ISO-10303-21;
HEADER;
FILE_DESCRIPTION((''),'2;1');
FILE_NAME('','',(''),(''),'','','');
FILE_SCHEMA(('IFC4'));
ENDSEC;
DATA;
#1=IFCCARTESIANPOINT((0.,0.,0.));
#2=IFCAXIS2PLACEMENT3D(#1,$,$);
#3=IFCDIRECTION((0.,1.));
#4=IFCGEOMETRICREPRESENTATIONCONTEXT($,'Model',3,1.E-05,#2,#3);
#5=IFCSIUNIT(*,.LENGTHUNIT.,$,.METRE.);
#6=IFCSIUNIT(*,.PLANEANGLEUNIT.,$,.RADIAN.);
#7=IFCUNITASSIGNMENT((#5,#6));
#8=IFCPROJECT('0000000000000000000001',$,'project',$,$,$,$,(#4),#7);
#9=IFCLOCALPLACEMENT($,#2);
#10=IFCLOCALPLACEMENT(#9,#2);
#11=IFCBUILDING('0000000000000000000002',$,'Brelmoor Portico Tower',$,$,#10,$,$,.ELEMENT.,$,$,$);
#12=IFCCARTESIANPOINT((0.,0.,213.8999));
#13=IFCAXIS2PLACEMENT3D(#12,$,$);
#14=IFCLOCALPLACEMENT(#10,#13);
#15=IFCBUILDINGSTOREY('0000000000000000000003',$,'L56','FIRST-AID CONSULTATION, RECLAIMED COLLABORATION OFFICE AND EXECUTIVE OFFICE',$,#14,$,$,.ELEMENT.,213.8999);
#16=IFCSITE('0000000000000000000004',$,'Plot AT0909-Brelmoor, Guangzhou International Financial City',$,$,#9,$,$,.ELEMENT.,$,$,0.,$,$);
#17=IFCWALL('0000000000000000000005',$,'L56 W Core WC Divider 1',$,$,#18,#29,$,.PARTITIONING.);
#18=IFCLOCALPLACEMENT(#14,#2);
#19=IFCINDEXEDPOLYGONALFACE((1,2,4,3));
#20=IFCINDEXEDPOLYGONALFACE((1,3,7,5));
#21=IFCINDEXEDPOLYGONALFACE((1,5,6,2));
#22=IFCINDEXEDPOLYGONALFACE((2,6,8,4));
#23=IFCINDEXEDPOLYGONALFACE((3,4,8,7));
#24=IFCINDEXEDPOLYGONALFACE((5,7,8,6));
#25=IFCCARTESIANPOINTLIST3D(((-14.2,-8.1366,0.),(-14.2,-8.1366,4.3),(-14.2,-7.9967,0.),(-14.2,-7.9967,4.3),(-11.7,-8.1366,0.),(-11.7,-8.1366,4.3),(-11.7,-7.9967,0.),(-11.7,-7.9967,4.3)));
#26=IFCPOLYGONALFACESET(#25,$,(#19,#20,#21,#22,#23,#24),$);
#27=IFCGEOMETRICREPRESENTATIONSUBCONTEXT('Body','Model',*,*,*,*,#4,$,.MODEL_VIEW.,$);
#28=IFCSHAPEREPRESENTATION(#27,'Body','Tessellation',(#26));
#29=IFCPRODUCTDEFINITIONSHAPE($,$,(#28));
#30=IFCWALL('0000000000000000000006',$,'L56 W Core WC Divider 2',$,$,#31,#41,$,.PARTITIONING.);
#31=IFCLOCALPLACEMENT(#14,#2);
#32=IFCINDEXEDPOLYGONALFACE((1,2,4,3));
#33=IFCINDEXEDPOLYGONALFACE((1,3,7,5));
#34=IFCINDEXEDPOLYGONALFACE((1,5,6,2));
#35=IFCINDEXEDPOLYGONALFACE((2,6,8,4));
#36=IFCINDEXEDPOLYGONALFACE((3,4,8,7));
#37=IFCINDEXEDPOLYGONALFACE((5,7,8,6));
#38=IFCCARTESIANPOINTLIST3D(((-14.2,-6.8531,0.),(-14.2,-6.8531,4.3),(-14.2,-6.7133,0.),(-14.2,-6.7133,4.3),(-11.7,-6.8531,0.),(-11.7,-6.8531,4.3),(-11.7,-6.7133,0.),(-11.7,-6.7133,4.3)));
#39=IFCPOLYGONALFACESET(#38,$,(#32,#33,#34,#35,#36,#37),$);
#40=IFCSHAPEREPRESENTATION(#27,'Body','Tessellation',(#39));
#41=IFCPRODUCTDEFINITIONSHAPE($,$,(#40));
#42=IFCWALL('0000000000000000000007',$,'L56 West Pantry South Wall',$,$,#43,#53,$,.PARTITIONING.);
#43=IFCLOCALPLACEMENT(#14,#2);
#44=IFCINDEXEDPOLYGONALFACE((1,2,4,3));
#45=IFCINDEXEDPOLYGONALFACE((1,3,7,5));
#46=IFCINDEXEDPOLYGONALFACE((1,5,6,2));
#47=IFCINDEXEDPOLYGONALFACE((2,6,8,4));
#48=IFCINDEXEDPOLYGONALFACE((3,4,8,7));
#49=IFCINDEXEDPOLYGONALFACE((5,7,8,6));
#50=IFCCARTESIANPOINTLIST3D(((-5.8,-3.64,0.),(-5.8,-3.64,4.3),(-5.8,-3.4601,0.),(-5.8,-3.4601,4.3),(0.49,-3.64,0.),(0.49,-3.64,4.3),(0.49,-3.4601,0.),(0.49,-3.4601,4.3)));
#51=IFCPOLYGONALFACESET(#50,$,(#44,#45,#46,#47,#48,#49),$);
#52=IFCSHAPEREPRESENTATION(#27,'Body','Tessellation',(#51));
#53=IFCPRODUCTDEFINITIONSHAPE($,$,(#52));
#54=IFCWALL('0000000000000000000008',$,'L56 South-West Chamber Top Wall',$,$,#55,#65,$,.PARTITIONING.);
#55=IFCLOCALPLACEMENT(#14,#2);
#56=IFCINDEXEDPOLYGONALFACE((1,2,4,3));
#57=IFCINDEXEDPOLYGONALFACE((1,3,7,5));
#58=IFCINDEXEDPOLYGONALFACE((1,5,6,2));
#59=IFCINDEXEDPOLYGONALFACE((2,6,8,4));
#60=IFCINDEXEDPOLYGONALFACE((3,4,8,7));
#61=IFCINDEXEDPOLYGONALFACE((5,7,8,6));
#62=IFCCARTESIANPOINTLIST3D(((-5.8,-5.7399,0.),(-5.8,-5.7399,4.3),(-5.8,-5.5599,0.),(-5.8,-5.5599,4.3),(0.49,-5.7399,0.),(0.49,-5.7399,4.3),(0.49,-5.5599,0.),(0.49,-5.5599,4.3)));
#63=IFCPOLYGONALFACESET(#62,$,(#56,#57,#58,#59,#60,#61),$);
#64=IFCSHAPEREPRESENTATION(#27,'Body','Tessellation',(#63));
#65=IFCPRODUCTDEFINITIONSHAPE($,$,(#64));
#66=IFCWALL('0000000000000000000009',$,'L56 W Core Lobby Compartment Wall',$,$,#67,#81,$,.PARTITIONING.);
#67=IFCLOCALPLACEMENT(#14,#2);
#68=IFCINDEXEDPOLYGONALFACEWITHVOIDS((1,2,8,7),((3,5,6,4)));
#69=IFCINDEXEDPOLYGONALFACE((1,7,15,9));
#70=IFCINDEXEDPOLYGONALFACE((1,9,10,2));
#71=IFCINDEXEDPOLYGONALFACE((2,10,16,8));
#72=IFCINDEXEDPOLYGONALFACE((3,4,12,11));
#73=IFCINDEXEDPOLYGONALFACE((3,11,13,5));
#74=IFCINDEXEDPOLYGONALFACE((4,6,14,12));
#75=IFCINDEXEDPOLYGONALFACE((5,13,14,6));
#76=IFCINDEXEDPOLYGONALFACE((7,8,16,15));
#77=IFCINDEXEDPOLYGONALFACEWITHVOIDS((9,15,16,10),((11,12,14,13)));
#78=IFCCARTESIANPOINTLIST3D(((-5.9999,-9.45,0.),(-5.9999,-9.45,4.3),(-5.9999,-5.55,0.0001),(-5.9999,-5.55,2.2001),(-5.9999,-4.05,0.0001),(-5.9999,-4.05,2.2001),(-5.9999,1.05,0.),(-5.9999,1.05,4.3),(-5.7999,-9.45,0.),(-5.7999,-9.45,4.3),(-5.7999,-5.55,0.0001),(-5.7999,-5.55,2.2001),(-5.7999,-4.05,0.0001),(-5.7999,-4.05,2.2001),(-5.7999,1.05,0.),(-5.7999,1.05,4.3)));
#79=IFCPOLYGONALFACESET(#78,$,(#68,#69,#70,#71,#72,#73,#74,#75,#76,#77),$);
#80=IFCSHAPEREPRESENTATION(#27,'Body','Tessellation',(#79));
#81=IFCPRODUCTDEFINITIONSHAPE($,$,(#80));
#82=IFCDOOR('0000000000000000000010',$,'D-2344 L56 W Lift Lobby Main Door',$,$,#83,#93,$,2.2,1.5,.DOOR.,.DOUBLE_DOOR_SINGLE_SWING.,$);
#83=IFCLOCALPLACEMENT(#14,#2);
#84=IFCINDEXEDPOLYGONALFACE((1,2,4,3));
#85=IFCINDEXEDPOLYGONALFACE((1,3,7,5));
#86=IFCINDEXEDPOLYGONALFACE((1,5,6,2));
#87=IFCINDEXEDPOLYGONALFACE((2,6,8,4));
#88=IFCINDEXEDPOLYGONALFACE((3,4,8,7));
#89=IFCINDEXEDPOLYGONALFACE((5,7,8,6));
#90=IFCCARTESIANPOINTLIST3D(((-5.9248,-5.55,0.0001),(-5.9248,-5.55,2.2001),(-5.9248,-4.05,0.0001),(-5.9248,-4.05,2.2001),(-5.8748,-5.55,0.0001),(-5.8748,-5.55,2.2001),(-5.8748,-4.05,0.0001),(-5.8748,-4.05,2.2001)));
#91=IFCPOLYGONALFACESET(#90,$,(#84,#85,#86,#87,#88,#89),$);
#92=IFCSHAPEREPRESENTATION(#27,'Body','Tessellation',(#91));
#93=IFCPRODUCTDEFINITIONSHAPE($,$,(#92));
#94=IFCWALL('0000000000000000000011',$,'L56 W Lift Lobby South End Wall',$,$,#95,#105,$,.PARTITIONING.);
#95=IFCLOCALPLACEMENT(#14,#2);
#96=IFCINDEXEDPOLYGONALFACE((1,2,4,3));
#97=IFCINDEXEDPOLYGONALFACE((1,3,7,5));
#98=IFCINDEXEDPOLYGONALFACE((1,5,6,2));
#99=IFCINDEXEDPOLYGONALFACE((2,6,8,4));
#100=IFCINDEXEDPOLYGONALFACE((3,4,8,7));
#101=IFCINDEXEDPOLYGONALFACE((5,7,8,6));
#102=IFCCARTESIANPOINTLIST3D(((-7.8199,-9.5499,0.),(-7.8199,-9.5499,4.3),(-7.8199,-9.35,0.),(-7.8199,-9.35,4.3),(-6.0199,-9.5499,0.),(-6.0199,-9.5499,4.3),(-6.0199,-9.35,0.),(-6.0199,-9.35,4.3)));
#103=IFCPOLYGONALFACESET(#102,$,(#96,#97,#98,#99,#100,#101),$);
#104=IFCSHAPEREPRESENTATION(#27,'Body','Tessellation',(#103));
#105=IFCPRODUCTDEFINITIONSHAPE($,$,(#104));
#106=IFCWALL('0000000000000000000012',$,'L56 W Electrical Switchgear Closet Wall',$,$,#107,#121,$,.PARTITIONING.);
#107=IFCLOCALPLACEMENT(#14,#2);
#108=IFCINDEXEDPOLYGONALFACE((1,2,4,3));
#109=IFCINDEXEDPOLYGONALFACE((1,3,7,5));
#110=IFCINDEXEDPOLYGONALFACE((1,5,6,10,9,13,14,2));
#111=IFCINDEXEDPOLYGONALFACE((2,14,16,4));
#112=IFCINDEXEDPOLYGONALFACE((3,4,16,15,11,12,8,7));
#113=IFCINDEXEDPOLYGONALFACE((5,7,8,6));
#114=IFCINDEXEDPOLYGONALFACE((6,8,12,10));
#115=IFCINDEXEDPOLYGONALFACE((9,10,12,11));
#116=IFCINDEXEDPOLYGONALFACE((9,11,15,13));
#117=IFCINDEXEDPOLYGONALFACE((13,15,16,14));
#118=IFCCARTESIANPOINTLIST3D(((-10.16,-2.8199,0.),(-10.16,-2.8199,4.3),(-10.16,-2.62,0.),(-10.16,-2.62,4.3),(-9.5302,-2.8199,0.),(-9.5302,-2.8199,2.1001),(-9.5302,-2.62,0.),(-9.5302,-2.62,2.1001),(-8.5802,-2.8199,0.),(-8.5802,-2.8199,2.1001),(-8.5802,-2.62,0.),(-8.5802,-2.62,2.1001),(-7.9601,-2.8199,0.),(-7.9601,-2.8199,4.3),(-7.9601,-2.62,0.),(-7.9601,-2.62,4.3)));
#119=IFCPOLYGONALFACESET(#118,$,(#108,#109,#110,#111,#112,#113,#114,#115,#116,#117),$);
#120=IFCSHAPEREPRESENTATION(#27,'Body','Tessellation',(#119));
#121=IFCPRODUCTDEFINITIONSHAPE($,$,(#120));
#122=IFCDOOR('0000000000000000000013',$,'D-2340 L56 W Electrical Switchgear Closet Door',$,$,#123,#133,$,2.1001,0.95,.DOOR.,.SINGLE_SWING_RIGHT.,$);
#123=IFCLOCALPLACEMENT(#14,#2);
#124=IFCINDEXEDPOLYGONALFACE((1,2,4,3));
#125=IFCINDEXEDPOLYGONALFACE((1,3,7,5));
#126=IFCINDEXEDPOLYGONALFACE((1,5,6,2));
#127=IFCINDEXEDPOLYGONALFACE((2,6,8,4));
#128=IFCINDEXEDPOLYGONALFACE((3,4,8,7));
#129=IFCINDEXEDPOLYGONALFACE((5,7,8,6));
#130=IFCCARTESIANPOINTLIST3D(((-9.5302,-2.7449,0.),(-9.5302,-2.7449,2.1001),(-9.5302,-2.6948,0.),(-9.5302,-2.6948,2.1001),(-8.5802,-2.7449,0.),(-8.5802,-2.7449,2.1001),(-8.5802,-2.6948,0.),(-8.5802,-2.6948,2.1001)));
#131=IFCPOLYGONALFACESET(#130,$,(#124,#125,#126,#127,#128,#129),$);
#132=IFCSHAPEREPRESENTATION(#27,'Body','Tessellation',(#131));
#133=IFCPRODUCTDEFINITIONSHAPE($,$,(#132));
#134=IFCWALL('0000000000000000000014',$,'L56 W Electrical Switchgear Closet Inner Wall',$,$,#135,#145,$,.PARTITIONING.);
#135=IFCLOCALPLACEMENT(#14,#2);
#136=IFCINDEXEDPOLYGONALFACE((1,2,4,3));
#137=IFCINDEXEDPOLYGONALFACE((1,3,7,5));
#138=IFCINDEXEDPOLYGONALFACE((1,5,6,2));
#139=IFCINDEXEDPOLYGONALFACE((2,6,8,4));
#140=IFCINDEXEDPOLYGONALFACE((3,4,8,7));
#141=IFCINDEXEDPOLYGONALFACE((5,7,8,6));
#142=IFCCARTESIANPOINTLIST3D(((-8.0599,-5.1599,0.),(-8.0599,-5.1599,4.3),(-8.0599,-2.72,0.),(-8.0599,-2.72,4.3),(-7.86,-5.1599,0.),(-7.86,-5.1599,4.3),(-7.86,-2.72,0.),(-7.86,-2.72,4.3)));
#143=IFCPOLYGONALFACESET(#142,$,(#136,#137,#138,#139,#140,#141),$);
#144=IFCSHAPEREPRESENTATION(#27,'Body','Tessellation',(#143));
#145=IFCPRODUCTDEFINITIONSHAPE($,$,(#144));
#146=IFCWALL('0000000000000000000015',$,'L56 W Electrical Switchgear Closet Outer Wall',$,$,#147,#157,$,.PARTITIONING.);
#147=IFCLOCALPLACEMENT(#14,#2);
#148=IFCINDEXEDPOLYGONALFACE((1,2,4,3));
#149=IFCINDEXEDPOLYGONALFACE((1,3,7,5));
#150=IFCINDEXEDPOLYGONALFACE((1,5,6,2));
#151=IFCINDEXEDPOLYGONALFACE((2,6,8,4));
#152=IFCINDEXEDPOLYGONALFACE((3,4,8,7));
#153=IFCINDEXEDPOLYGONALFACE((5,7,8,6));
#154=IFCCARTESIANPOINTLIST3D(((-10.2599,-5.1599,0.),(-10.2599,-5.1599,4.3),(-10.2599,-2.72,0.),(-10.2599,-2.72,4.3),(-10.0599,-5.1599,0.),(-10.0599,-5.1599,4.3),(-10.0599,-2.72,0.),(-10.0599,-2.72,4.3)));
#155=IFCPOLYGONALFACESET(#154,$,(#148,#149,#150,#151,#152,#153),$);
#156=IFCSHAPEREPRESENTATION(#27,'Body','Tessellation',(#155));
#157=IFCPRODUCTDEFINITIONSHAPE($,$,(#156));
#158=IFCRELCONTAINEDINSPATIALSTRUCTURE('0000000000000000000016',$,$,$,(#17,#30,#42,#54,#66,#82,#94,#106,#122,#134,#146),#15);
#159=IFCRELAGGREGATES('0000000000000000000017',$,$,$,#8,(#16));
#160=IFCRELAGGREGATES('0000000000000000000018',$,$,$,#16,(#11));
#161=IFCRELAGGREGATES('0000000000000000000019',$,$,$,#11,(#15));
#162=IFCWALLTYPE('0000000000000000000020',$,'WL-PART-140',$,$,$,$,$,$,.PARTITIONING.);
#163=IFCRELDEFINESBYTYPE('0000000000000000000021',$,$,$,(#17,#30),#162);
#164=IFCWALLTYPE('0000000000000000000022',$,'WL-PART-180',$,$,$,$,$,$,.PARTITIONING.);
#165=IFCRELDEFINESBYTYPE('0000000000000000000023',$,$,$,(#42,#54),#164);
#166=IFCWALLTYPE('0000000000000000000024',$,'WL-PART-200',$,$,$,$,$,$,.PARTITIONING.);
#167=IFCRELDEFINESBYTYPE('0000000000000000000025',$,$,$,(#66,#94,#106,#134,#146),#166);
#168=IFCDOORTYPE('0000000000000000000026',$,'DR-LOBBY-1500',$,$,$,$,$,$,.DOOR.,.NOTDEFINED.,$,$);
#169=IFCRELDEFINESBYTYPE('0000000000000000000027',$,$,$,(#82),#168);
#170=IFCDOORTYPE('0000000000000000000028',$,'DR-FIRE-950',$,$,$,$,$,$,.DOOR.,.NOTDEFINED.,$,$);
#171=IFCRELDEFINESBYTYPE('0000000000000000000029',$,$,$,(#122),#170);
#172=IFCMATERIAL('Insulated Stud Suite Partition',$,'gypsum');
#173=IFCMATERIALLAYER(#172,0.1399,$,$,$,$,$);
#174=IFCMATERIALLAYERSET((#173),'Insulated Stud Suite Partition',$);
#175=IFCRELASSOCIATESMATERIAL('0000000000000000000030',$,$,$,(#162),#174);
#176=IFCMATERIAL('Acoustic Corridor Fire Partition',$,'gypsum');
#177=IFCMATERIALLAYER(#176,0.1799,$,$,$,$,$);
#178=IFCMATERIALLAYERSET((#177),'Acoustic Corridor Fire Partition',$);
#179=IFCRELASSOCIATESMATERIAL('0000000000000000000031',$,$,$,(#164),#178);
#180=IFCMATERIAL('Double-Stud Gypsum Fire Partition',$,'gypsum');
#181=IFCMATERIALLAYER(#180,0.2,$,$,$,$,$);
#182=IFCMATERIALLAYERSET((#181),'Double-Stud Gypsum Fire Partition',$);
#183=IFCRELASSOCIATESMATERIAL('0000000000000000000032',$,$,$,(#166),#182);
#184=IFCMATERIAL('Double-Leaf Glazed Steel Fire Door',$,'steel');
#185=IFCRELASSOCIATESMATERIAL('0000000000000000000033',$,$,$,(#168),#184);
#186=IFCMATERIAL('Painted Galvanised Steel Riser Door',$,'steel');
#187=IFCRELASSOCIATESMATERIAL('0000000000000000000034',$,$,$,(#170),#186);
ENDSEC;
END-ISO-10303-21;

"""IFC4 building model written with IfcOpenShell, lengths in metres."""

from ifc_helpers import new_model, si_unit, direction, frame, frame_2d, origin, place, context, subcontext, project, spatial, rectangle, extrude, material, layer, layer_set, type_object, element, fill, save


model = new_model("IFC4")

# Units and contexts
model_context = context("Model", 3, precision=1e-05, world=origin(), true_north=direction((0.0, 1.0)))
body_context = subcontext(model_context, "Body", "Model", "MODEL_VIEW")
ifc_project = project(units=[si_unit("LENGTHUNIT", "METRE"), si_unit("PLANEANGLEUNIT", "RADIAN")], contexts=[model_context])

# Site, building, storey
site_placement = place(None, origin())
site = spatial("IfcSite", under=ifc_project, at=site_placement, Name="Plot AT0909-Brelmoor, Guangzhou International Financial City", CompositionType="ELEMENT", RefElevation=0.0)
building_placement = place(site_placement, origin())
building = spatial("IfcBuilding", under=site, at=building_placement, Name="Brelmoor Portico Tower", CompositionType="ELEMENT")
storey_placement = place(building_placement, frame((0.0, 0.0, 213.8999)))
storey = spatial("IfcBuildingStorey", under=building, at=storey_placement, Name="L56", Description="FIRST-AID CONSULTATION, RECLAIMED COLLABORATION OFFICE AND EXECUTIVE OFFICE", CompositionType="ELEMENT", Elevation=213.8999)

# Walls
ifc_material_1 = material(Name="Insulated Stud Suite Partition", Category="gypsum")
ifc_layer_1 = layer(ifc_material_1, 0.1399)
ifc_layer_set_1 = layer_set([ifc_layer_1], Name="Insulated Stud Suite Partition")
wall_type_1 = type_object("IfcWallType", Name="WL-PART-140", PredefinedType="PARTITIONING", material=ifc_layer_set_1)
for number, where, z_axis, x_axis, name in (
    (1, (-11.7, -8.0667, 0.0), (0.0, 0.0, 1.0), (-1.0, 0.0, 0.0), "L56 W Core WC Divider 1"),
    (2, (-11.7, -6.7832, 0.0), (0.0, 0.0, 1.0), (-1.0, 0.0, 0.0), "L56 W Core WC Divider 2"),
):
    element("IfcWall", number, at=place(storey_placement, frame(where, z_axis=z_axis, x_axis=x_axis)), inside=storey, type_object=wall_type_1, Name=name, PredefinedType="PARTITIONING", context=body_context, shape_type="SweptSolid", body=[
        extrude(rectangle(XDim=2.5, YDim=0.1399, at=frame_2d((1.25, 0.0))), origin(), (0.0, 0.0, 1.0), 4.3),
    ])

# Walls
ifc_material_2 = material(Name="Acoustic Corridor Fire Partition", Category="gypsum")
ifc_layer_2 = layer(ifc_material_2, 0.1799)
ifc_layer_set_2 = layer_set([ifc_layer_2], Name="Acoustic Corridor Fire Partition")
wall_type_2 = type_object("IfcWallType", Name="WL-PART-180", PredefinedType="PARTITIONING", material=ifc_layer_set_2)
for number, where, z_axis, x_axis, name in (
    (3, (-5.8, -3.55, 0.0), (0.0, 0.0, 1.0), (1.0, 0.0, 0.0), "L56 West Pantry South Wall"),
    (4, (-5.8, -5.6499, 0.0), (0.0, 0.0, 1.0), (1.0, 0.0, 0.0), "L56 South-West Chamber Top Wall"),
):
    element("IfcWall", number, at=place(storey_placement, frame(where, z_axis=z_axis, x_axis=x_axis)), inside=storey, type_object=wall_type_2, Name=name, PredefinedType="PARTITIONING", context=body_context, shape_type="SweptSolid", body=[
        extrude(rectangle(XDim=6.29, YDim=0.1799, at=frame_2d((3.145, 0.0))), origin(), (0.0, 0.0, 1.0), 4.3),
    ])

# Wall, opening, door
ifc_material_3 = material(Name="Double-Stud Gypsum Fire Partition", Category="gypsum")
ifc_layer_3 = layer(ifc_material_3, 0.2)
ifc_layer_set_3 = layer_set([ifc_layer_3], Name="Double-Stud Gypsum Fire Partition")
wall_type_3 = type_object("IfcWallType", Name="WL-PART-200", PredefinedType="PARTITIONING", material=ifc_layer_set_3)
wall_1_placement = place(storey_placement, frame((-5.8999, -9.45, 0.0), z_axis=(0.0, 0.0, 1.0), x_axis=(0.0, 1.0, 0.0)))
wall_1 = element("IfcWall", 5, at=wall_1_placement, inside=storey, type_object=wall_type_3, Name="L56 W Core Lobby Compartment Wall", PredefinedType="PARTITIONING", context=body_context, shape_type="SweptSolid", body=[
    extrude(rectangle(XDim=10.5, YDim=0.2, at=frame_2d((5.25, 0.0))), origin(), (0.0, 0.0, 1.0), 4.3),
])
opening_1_placement = place(wall_1_placement, frame((3.8999, 0.0, 0.0)))
opening_1 = element("IfcOpeningElement", 6, at=opening_1_placement, cuts=wall_1, PredefinedType="OPENING", context=body_context, shape_type="SweptSolid", body=[
    extrude(rectangle(XDim=1.5, YDim=2.2, at=frame_2d((0.75, 1.1001))), frame((0.0, 0.1099, 0.0), z_axis=(0.0, -1.0, 0.0), x_axis=(1.0, 0.0, 0.0)), (0.0, 0.0, 1.0), 0.22),
])
ifc_material_4 = material(Name="Double-Leaf Glazed Steel Fire Door", Category="steel")
door_type_1 = type_object("IfcDoorType", Name="DR-LOBBY-1500", OperationType="NOTDEFINED", PredefinedType="DOOR", material=ifc_material_4)
door_1_placement = place(opening_1_placement, origin())
door_1 = element("IfcDoor", 7, at=door_1_placement, inside=storey, type_object=door_type_1, Name="D-2344 L56 W Lift Lobby Main Door", OperationType="DOUBLE_DOOR_SINGLE_SWING", OverallHeight=2.2, OverallWidth=1.5, PredefinedType="DOOR", context=body_context, shape_type="SweptSolid", body=[
    extrude(rectangle(XDim=1.5, YDim=2.2, at=frame_2d((0.75, 1.1001))), frame((0.0, 0.0249, 0.0), z_axis=(0.0, -1.0, 0.0), x_axis=(1.0, 0.0, 0.0)), (0.0, 0.0, 1.0), 0.05),
])
fill(opening_1, door_1)

# Wall
wall_2_placement = place(storey_placement, frame((-6.02, -9.45, 0.0), z_axis=(0.0, 0.0, 1.0), x_axis=(-1.0, 0.0, 0.0)))
element("IfcWall", 8, at=wall_2_placement, inside=storey, type_object=wall_type_3, Name="L56 W Lift Lobby South End Wall", PredefinedType="PARTITIONING", context=body_context, shape_type="SweptSolid", body=[
    extrude(rectangle(XDim=1.8, YDim=0.2, at=frame_2d((0.8999, 0.0))), origin(), (0.0, 0.0, 1.0), 4.3),
])

# Wall, opening, door
wall_3_placement = place(storey_placement, frame((-7.96, -2.72, 0.0), z_axis=(0.0, 0.0, 1.0), x_axis=(-1.0, 0.0, 0.0)))
wall_3 = element("IfcWall", 9, at=wall_3_placement, inside=storey, type_object=wall_type_3, Name="L56 W Electrical Switchgear Closet Wall", PredefinedType="PARTITIONING", context=body_context, shape_type="SweptSolid", body=[
    extrude(rectangle(XDim=2.2, YDim=0.2, at=frame_2d((1.1001, 0.0))), origin(), (0.0, 0.0, 1.0), 4.3),
])
opening_2_placement = place(wall_3_placement, frame((0.6201, 0.0, 0.0)))
opening_2 = element("IfcOpeningElement", 10, at=opening_2_placement, cuts=wall_3, PredefinedType="OPENING", context=body_context, shape_type="SweptSolid", body=[
    extrude(rectangle(XDim=0.95, YDim=2.1001, at=frame_2d((0.4751, 1.05))), frame((0.0, 0.1099, 0.0), z_axis=(0.0, -1.0, 0.0), x_axis=(1.0, 0.0, 0.0)), (0.0, 0.0, 1.0), 0.22),
])
ifc_material_5 = material(Name="Painted Galvanised Steel Riser Door", Category="steel")
door_type_2 = type_object("IfcDoorType", Name="DR-FIRE-950", OperationType="NOTDEFINED", PredefinedType="DOOR", material=ifc_material_5)
door_2_placement = place(opening_2_placement, origin())
door_2 = element("IfcDoor", 11, at=door_2_placement, inside=storey, type_object=door_type_2, Name="D-2340 L56 W Electrical Switchgear Closet Door", OperationType="SINGLE_SWING_RIGHT", OverallHeight=2.1001, OverallWidth=0.95, PredefinedType="DOOR", context=body_context, shape_type="SweptSolid", body=[
    extrude(rectangle(XDim=0.95, YDim=2.1001, at=frame_2d((0.4751, 1.05))), frame((0.0, 0.0249, 0.0), z_axis=(0.0, -1.0, 0.0), x_axis=(1.0, 0.0, 0.0)), (0.0, 0.0, 1.0), 0.05),
])
fill(opening_2, door_2)

# Walls
for number, where, z_axis, x_axis, name in (
    (12, (-7.96, -5.1599, 0.0), (0.0, 0.0, 1.0), (0.0, 1.0, 0.0), "L56 W Electrical Switchgear Closet Inner Wall"),
    (13, (-10.1599, -5.1599, 0.0), (0.0, 0.0, 1.0), (0.0, 1.0, 0.0), "L56 W Electrical Switchgear Closet Outer Wall"),
):
    element("IfcWall", number, at=place(storey_placement, frame(where, z_axis=z_axis, x_axis=x_axis)), inside=storey, type_object=wall_type_3, Name=name, PredefinedType="PARTITIONING", context=body_context, shape_type="SweptSolid", body=[
        extrude(rectangle(XDim=2.4399, YDim=0.2, at=frame_2d((1.22, 0.0))), origin(), (0.0, 0.0, 1.0), 4.3),
    ])

save(model, "model.ifc")
